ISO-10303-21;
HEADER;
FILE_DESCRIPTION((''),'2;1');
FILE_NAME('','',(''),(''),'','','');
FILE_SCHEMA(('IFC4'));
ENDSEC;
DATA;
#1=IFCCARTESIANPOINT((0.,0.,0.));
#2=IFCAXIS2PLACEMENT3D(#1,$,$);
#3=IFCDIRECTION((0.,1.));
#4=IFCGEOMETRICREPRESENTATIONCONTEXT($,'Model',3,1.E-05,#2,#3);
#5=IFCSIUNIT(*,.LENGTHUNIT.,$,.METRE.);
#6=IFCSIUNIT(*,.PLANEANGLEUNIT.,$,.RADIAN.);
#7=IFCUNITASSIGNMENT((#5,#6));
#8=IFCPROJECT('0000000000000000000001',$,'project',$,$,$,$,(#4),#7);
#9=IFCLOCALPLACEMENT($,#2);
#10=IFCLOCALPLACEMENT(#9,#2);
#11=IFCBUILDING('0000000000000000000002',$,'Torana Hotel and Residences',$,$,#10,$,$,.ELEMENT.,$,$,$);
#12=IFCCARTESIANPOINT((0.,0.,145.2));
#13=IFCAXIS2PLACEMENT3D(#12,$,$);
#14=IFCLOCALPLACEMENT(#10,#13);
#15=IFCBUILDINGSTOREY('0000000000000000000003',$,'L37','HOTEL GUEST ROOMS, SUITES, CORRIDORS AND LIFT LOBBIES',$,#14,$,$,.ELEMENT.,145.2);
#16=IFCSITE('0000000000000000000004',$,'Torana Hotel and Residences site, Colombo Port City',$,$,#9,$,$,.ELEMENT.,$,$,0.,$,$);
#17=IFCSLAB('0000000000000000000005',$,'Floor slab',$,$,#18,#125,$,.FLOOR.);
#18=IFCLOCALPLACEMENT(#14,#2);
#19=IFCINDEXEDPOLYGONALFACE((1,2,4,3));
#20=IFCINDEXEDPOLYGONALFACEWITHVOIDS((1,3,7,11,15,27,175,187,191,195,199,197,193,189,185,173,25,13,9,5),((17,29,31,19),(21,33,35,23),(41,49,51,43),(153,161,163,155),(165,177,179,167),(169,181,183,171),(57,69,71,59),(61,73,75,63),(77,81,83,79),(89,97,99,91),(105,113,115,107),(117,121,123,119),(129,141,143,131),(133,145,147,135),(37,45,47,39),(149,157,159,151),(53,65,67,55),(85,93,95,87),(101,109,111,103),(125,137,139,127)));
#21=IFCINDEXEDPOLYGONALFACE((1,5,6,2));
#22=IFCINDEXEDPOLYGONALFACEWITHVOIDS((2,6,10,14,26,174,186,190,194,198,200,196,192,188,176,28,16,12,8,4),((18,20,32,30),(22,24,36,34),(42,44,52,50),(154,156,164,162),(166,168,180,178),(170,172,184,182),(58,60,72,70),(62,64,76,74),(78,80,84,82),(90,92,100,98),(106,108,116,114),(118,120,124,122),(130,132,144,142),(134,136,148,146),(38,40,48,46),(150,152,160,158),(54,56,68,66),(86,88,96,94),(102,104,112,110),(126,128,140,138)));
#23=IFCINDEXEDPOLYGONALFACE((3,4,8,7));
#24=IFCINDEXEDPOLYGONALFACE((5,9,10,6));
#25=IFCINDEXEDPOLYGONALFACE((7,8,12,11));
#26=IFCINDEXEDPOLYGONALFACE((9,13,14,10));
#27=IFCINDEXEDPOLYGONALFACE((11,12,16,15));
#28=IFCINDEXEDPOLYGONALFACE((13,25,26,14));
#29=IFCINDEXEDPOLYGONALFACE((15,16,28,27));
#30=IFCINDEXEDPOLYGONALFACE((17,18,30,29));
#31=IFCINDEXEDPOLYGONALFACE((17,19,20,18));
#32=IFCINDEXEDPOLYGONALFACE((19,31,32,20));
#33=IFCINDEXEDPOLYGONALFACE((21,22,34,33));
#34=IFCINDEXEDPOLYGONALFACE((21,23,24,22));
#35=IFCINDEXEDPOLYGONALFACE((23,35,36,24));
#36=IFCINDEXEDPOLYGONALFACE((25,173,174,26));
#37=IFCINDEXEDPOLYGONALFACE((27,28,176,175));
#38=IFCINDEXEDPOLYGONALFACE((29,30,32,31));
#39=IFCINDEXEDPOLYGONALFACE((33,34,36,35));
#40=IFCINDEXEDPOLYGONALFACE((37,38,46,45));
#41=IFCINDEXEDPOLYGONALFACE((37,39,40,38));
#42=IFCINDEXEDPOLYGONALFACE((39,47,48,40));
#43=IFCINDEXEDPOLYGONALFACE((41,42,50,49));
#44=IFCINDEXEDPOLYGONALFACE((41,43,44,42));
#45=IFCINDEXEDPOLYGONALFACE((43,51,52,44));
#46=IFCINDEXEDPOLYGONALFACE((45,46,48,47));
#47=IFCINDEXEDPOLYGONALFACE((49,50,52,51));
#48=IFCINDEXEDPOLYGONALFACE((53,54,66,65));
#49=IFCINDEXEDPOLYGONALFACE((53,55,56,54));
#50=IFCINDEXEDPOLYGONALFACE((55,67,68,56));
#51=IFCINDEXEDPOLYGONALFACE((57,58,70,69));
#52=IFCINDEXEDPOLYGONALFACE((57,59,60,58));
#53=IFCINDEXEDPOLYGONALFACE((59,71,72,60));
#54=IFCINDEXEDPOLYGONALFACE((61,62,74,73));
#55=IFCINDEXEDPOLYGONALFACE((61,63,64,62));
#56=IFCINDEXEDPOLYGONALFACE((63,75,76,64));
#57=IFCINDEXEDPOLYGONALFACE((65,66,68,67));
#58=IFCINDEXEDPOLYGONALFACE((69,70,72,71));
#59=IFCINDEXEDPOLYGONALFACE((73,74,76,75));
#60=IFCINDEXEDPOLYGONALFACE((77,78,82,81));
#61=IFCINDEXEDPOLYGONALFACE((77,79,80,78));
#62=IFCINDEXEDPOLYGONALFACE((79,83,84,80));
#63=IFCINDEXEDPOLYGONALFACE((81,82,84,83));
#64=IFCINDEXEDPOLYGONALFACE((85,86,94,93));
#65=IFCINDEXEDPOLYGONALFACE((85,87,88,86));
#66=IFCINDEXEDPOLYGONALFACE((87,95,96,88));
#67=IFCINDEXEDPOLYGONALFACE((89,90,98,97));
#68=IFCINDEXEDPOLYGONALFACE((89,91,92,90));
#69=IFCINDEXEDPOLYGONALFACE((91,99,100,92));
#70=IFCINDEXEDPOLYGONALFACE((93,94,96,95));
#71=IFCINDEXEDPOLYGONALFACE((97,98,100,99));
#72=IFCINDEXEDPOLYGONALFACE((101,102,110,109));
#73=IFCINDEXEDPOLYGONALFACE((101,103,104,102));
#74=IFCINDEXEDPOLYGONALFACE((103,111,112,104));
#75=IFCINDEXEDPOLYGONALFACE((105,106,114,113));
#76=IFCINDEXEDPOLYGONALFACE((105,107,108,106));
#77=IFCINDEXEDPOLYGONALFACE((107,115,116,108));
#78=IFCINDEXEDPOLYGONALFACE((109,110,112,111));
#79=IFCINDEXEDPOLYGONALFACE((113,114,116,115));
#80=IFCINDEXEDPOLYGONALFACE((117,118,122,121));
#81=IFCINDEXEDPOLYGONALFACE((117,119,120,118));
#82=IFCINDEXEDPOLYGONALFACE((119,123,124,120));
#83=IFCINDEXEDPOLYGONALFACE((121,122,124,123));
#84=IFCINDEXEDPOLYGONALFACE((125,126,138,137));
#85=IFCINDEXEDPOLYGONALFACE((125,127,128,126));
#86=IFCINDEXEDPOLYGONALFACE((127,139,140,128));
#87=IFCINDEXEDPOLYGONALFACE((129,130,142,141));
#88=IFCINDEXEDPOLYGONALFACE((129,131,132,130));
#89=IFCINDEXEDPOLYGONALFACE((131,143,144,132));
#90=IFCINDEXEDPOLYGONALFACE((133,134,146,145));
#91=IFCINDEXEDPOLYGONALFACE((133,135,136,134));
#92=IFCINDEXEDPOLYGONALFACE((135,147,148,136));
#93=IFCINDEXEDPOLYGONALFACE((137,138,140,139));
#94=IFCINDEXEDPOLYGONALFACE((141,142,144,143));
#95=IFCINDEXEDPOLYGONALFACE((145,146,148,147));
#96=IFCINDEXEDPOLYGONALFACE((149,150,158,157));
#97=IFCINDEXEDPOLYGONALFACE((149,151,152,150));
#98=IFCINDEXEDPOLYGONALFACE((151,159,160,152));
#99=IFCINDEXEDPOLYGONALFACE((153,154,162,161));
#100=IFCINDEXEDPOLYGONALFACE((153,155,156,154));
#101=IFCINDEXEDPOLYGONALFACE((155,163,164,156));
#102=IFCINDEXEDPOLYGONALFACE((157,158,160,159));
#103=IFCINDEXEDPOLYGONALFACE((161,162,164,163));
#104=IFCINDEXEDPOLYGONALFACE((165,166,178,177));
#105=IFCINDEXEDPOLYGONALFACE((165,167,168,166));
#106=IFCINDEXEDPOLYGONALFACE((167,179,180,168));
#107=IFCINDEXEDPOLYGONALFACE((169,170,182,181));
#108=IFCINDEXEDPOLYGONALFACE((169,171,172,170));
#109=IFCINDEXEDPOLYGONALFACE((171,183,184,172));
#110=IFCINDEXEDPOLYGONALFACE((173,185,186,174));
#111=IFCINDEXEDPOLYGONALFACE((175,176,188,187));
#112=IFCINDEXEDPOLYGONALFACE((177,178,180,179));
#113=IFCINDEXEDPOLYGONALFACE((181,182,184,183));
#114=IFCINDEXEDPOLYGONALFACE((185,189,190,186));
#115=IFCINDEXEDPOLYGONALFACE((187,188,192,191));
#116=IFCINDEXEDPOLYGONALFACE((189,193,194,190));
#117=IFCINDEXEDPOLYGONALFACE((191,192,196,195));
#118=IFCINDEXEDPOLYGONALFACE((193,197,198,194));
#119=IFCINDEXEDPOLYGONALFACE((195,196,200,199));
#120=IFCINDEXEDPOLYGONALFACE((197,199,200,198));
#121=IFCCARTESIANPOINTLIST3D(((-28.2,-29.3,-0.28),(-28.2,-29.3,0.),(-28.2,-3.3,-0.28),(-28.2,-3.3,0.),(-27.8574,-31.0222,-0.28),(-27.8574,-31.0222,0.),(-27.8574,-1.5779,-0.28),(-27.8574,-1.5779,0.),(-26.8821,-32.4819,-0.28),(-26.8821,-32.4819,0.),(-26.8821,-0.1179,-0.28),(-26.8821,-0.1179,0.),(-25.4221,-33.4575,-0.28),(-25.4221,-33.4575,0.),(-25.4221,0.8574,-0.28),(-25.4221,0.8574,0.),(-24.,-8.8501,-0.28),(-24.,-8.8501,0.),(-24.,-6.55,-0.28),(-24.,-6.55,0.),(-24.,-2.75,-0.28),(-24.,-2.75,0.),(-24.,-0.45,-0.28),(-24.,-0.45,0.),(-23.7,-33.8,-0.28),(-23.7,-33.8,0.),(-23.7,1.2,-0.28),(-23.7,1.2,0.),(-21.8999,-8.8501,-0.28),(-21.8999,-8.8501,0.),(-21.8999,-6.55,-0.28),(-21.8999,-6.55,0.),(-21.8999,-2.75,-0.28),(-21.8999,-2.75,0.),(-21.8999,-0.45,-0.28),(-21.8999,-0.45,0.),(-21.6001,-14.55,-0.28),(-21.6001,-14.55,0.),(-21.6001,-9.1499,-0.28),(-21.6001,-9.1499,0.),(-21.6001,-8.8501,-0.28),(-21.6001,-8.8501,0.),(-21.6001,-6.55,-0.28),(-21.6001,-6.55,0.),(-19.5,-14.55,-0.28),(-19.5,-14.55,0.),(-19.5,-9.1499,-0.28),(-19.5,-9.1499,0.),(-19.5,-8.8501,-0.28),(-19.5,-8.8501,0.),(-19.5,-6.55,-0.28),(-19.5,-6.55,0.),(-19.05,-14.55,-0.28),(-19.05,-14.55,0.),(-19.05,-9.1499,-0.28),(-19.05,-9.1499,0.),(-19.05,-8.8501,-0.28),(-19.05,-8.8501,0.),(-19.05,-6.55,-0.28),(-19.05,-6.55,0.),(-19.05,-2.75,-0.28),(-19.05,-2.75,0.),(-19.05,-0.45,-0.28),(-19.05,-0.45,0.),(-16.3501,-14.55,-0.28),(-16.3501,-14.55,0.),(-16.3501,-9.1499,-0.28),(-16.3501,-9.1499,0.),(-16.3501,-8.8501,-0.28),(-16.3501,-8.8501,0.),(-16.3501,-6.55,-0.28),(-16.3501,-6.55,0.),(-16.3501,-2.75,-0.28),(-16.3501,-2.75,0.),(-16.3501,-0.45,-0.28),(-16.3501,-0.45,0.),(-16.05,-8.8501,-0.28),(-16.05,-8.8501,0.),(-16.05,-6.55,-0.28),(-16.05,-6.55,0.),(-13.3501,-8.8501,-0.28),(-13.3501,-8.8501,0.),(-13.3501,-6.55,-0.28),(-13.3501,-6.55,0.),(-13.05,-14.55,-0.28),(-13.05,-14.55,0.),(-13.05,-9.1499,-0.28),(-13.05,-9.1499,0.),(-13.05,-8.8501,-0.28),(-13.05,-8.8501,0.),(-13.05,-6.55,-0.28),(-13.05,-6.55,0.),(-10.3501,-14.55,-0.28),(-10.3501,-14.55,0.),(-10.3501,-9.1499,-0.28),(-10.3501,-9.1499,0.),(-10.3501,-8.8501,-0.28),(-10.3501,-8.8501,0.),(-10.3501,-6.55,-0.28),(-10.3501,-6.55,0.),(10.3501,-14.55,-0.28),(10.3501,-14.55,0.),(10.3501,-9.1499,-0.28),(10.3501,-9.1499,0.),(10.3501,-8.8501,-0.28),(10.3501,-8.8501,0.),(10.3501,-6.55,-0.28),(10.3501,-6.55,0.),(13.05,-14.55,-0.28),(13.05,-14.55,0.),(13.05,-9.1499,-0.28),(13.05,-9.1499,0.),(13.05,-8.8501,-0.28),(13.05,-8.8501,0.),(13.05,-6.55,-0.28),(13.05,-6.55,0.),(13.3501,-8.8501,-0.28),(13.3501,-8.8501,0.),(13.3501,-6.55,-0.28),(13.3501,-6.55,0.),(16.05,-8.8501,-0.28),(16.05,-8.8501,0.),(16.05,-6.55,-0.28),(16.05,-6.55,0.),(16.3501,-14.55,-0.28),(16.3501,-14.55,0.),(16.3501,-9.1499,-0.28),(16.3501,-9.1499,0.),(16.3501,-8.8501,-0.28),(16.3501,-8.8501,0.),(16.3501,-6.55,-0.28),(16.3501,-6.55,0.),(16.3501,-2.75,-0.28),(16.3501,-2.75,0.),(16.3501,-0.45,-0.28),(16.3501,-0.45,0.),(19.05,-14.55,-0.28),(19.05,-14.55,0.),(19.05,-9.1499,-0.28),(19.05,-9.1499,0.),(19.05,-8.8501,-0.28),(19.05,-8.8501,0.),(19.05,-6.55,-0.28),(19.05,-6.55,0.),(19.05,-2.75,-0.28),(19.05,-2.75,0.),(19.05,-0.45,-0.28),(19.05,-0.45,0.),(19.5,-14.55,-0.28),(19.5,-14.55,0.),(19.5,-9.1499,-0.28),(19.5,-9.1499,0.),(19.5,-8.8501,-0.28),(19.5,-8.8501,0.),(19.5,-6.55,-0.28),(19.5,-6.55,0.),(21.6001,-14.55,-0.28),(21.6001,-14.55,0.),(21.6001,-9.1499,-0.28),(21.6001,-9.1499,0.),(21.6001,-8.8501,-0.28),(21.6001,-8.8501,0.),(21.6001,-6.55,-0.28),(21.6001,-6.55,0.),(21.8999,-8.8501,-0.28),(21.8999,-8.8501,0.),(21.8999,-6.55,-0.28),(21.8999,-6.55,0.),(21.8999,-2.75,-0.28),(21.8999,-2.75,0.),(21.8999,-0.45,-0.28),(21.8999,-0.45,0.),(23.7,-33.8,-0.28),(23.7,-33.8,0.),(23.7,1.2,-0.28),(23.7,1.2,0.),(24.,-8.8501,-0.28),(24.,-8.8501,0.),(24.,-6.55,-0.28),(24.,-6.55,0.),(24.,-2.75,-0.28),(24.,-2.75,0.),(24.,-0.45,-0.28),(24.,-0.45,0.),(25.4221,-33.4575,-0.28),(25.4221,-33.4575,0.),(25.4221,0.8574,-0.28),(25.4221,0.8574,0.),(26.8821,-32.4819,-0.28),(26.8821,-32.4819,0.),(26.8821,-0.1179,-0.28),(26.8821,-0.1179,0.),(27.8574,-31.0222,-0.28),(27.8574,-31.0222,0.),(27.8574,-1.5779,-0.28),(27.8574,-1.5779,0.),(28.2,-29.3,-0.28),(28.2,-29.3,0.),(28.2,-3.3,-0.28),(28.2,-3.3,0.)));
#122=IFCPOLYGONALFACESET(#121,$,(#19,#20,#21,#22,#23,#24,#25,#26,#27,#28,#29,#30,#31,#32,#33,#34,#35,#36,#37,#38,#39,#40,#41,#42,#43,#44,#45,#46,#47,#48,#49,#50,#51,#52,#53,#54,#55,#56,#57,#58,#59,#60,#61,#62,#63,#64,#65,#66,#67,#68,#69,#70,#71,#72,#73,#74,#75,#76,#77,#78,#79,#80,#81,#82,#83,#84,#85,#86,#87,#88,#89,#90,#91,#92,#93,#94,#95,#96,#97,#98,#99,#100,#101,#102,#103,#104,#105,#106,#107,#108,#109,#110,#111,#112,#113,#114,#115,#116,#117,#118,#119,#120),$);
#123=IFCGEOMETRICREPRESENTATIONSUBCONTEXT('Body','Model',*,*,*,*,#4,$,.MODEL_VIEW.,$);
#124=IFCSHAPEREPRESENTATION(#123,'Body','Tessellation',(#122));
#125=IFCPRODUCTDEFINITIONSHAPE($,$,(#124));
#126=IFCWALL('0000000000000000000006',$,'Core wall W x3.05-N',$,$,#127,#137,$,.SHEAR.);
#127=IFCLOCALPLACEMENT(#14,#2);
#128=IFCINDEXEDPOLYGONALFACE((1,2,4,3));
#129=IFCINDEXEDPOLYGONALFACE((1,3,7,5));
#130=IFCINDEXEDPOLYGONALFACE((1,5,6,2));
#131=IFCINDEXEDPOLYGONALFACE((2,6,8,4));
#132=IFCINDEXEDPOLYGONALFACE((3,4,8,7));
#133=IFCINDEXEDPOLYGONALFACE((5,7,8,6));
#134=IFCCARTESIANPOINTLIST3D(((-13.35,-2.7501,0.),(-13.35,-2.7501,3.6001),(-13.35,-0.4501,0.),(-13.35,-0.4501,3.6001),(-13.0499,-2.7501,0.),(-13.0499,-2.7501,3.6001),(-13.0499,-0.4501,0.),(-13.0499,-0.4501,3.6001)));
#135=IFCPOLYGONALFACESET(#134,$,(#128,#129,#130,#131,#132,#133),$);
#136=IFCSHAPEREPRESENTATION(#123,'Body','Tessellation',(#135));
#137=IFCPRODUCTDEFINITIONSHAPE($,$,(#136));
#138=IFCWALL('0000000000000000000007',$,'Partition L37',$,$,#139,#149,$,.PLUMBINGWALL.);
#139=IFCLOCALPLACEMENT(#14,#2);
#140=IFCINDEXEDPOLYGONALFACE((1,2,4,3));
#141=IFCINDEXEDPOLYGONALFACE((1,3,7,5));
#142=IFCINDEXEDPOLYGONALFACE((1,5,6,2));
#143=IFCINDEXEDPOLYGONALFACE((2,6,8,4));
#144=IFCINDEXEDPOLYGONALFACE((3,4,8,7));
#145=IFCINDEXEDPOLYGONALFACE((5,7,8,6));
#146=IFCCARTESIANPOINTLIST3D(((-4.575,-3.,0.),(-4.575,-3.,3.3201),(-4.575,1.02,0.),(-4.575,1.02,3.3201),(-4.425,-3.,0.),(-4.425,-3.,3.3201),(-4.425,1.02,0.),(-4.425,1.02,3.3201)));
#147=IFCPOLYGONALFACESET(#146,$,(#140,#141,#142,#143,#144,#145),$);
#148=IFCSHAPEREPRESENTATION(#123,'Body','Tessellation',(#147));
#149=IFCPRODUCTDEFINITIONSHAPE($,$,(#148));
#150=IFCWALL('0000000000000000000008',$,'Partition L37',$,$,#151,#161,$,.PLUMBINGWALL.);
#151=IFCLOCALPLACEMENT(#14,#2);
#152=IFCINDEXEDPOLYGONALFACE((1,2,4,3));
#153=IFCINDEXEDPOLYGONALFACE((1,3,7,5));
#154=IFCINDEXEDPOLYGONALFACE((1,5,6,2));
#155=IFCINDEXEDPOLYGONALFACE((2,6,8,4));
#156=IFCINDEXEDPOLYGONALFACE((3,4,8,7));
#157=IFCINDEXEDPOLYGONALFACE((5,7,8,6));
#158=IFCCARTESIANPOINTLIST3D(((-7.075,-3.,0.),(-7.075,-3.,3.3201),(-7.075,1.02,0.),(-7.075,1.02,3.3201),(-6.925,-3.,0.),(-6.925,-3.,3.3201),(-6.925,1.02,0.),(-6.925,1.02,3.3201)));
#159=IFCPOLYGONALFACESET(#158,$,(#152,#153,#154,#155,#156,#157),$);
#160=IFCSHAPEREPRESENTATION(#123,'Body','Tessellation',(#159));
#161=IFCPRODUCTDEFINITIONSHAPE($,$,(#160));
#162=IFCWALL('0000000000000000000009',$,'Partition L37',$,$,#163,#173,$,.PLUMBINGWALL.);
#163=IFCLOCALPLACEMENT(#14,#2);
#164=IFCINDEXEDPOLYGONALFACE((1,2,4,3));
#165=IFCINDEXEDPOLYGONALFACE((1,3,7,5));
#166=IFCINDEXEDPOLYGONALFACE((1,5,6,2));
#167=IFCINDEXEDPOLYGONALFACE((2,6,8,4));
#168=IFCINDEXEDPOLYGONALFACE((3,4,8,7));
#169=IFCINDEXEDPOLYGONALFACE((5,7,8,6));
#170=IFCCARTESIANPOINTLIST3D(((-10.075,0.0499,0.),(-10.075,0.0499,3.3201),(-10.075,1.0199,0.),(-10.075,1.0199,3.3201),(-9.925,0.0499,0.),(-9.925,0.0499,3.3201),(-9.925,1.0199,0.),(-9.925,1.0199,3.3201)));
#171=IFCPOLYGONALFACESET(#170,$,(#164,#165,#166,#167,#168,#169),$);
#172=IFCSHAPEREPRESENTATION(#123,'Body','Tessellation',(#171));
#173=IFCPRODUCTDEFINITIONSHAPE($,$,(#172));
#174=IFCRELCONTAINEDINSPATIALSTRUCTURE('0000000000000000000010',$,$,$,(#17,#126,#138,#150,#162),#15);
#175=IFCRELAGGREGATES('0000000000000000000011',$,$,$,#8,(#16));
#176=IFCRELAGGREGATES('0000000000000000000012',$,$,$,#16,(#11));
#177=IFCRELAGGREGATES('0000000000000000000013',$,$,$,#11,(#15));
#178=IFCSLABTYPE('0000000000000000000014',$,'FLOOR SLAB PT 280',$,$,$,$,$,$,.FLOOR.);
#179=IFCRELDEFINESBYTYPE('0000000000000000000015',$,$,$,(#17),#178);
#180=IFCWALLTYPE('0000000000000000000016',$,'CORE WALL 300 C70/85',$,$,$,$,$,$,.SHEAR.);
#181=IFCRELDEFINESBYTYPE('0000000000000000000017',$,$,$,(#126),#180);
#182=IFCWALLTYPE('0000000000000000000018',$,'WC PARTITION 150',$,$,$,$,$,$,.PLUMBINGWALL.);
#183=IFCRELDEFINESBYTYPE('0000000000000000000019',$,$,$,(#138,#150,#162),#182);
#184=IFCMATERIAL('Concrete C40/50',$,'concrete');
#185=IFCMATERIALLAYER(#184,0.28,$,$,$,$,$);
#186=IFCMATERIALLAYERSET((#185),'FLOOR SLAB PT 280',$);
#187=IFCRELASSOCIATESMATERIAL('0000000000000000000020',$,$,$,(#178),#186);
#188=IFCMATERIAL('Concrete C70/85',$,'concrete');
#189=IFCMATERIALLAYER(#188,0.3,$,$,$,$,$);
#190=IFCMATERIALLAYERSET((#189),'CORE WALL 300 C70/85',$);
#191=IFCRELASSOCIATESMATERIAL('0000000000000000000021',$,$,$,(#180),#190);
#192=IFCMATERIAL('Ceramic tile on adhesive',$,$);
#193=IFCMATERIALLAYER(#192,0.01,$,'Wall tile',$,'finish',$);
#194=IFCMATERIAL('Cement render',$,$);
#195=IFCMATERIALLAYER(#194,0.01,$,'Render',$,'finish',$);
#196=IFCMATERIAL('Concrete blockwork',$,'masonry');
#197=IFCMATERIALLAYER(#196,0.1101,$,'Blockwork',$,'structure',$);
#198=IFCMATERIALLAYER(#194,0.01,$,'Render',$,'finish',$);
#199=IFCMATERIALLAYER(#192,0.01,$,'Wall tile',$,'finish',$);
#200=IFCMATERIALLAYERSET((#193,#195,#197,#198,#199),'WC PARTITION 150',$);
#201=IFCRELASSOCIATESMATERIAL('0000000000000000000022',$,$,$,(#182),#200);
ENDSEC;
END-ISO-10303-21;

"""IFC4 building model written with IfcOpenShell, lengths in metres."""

from ifc_helpers import new_model, si_unit, direction, frame, frame_2d, origin, place, context, subcontext, project, spatial, polyline, rectangle, outline, extrude, material, layer, layer_set, type_object, element, save


model = new_model("IFC4")

# Units and contexts
model_context = context("Model", 3, precision=1e-05, world=origin(), true_north=direction((0.0, 1.0)))
body_context = subcontext(model_context, "Body", "Model", "MODEL_VIEW")
ifc_project = project(units=[si_unit("LENGTHUNIT", "METRE"), si_unit("PLANEANGLEUNIT", "RADIAN")], contexts=[model_context])

# Site, building, storey
site_placement = place(None, origin())
site = spatial("IfcSite", under=ifc_project, at=site_placement, Name="Torana Hotel and Residences site, Colombo Port City", CompositionType="ELEMENT", RefElevation=0.0)
building_placement = place(site_placement, origin())
building = spatial("IfcBuilding", under=site, at=building_placement, Name="Torana Hotel and Residences", CompositionType="ELEMENT")
storey_placement = place(building_placement, frame((0.0, 0.0, 145.2)))
storey = spatial("IfcBuildingStorey", under=building, at=storey_placement, Name="L37", Description="HOTEL GUEST ROOMS, SUITES, CORRIDORS AND LIFT LOBBIES", CompositionType="ELEMENT", Elevation=145.2)

# Slab
ifc_material_1 = material(Name="Concrete C40/50", Category="concrete")
ifc_layer_1 = layer(ifc_material_1, 0.28)
ifc_layer_set_1 = layer_set([ifc_layer_1], Name="FLOOR SLAB PT 280")
slab_type_1 = type_object("IfcSlabType", Name="FLOOR SLAB PT 280", PredefinedType="FLOOR", material=ifc_layer_set_1)
slab_1_placement = place(storey_placement, frame((0.0, 0.0, -0.28)))
element("IfcSlab", 1, at=slab_1_placement, inside=storey, type_object=slab_type_1, Name="Floor slab", PredefinedType="FLOOR", context=body_context, shape_type="SweptSolid", body=[
    extrude(outline(polyline([(28.2, -3.3), (27.8574, -1.5779), (26.8821, -0.1179), (25.4221, 0.8574), (23.7, 1.2), (-23.7, 1.2), (-25.4221, 0.8574), (-26.8821, -0.1179), (-27.8574, -1.5779), (-28.2, -3.3), (-28.2, -29.3), (-27.8574, -31.0222), (-26.8821, -32.4819), (-25.4221, -33.4575), (-23.7, -33.8), (23.7, -33.8), (25.4221, -33.4575), (26.8821, -32.4819), (27.8574, -31.0222), (28.2, -29.3), (28.2, -3.3)]), holes=[polyline([(-13.05, -14.55), (-10.3501, -14.55), (-10.3501, -9.1499), (-13.05, -9.1499), (-13.05, -14.55)]), polyline([(-19.05, -14.55), (-16.3501, -14.55), (-16.3501, -9.1499), (-19.05, -9.1499), (-19.05, -14.55)]), polyline([(-19.05, -2.75), (-16.3501, -2.75), (-16.3501, -0.45), (-19.05, -0.45), (-19.05, -2.75)]), polyline([(-21.6001, -8.8501), (-19.5, -8.8501), (-19.5, -6.55), (-21.6001, -6.55), (-21.6001, -8.8501)]), polyline([(-24.0, -2.75), (-21.8999, -2.75), (-21.8999, -0.45), (-24.0, -0.45), (-24.0, -2.75)]), polyline([(-24.0, -8.8501), (-21.8999, -8.8501), (-21.8999, -6.55), (-24.0, -6.55), (-24.0, -8.8501)]), polyline([(-13.05, -8.8501), (-10.3501, -8.8501), (-10.3501, -6.55), (-13.05, -6.55), (-13.05, -8.8501)]), polyline([(-16.05, -8.8501), (-13.3501, -8.8501), (-13.3501, -6.55), (-16.05, -6.55), (-16.05, -8.8501)]), polyline([(-19.05, -8.8501), (-16.3501, -8.8501), (-16.3501, -6.55), (-19.05, -6.55), (-19.05, -8.8501)]), polyline([(-21.6001, -14.55), (-19.5, -14.55), (-19.5, -9.1499), (-21.6001, -9.1499), (-21.6001, -14.55)]), polyline([(10.3501, -14.55), (13.05, -14.55), (13.05, -9.1499), (10.3501, -9.1499), (10.3501, -14.55)]), polyline([(16.3501, -14.55), (19.05, -14.55), (19.05, -9.1499), (16.3501, -9.1499), (16.3501, -14.55)]), polyline([(16.3501, -2.75), (19.05, -2.75), (19.05, -0.45), (16.3501, -0.45), (16.3501, -2.75)]), polyline([(19.5, -8.8501), (21.6001, -8.8501), (21.6001, -6.55), (19.5, -6.55), (19.5, -8.8501)]), polyline([(21.8999, -2.75), (24.0, -2.75), (24.0, -0.45), (21.8999, -0.45), (21.8999, -2.75)]), polyline([(21.8999, -8.8501), (24.0, -8.8501), (24.0, -6.55), (21.8999, -6.55), (21.8999, -8.8501)]), polyline([(10.3501, -8.8501), (13.05, -8.8501), (13.05, -6.55), (10.3501, -6.55), (10.3501, -8.8501)]), polyline([(13.3501, -8.8501), (16.05, -8.8501), (16.05, -6.55), (13.3501, -6.55), (13.3501, -8.8501)]), polyline([(16.3501, -8.8501), (19.05, -8.8501), (19.05, -6.55), (16.3501, -6.55), (16.3501, -8.8501)]), polyline([(19.5, -14.55), (21.6001, -14.55), (21.6001, -9.1499), (19.5, -9.1499), (19.5, -14.55)])]), origin(), (0.0, 0.0, 1.0), 0.28),
])

# Walls
ifc_material_2 = material(Name="Concrete C70/85", Category="concrete")
ifc_layer_2 = layer(ifc_material_2, 0.3)
ifc_layer_set_2 = layer_set([ifc_layer_2], Name="CORE WALL 300 C70/85")
wall_type_1 = type_object("IfcWallType", Name="CORE WALL 300 C70/85", PredefinedType="SHEAR", material=ifc_layer_set_2)
wall_1_placement = place(storey_placement, frame((-13.2, -2.75, 0.0), z_axis=(0.0, 0.0, 1.0), x_axis=(0.0, 1.0, 0.0)))
element("IfcWall", 2, at=wall_1_placement, inside=storey, type_object=wall_type_1, Name="Core wall W x3.05-N", PredefinedType="SHEAR", context=body_context, shape_type="SweptSolid", body=[
    extrude(rectangle(XDim=2.3, YDim=0.3, at=frame_2d((1.1499, 0.0))), origin(), (0.0, 0.0, 1.0), 3.6001),
])
ifc_material_3 = material(Name="Ceramic tile on adhesive")
ifc_layer_3 = layer(ifc_material_3, 0.01, Name="Wall tile", Category="finish")
ifc_material_4 = material(Name="Cement render")
ifc_layer_4 = layer(ifc_material_4, 0.01, Name="Render", Category="finish")
ifc_material_5 = material(Name="Concrete blockwork", Category="masonry")
ifc_layer_5 = layer(ifc_material_5, 0.1101, Name="Blockwork", Category="structure")
ifc_layer_6 = layer(ifc_material_4, 0.01, Name="Render", Category="finish")
ifc_layer_7 = layer(ifc_material_3, 0.01, Name="Wall tile", Category="finish")
ifc_layer_set_3 = layer_set([ifc_layer_3, ifc_layer_4, ifc_layer_5, ifc_layer_6, ifc_layer_7], Name="WC PARTITION 150")
wall_type_2 = type_object("IfcWallType", Name="WC PARTITION 150", PredefinedType="PLUMBINGWALL", material=ifc_layer_set_3)
for number, where, z_axis, x_axis, name in (
    (3, (-4.5, -3.0, 0.0), (0.0, 0.0, 1.0), (0.0, 1.0, 0.0), "Partition L37"),
    (4, (-7.0, -3.0, 0.0), (0.0, 0.0, 1.0), (0.0, 1.0, 0.0), "Partition L37"),
):
    element("IfcWall", number, at=place(storey_placement, frame(where, z_axis=z_axis, x_axis=x_axis)), inside=storey, type_object=wall_type_2, Name=name, PredefinedType="PLUMBINGWALL", context=body_context, shape_type="SweptSolid", body=[
        extrude(rectangle(XDim=4.02, YDim=0.1499, at=frame_2d((2.01, 0.0))), origin(), (0.0, 0.0, 1.0), 3.3201),
    ])
wall_2_placement = place(storey_placement, frame((-10.0, 0.05, 0.0), z_axis=(0.0, 0.0, 1.0), x_axis=(0.0, 1.0, 0.0)))
element("IfcWall", 5, at=wall_2_placement, inside=storey, type_object=wall_type_2, Name="Partition L37", PredefinedType="PLUMBINGWALL", context=body_context, shape_type="SweptSolid", body=[
    extrude(rectangle(XDim=0.97, YDim=0.1499, at=frame_2d((0.4849, 0.0))), origin(), (0.0, 0.0, 1.0), 3.3201),
])

save(model, "model.ifc")
